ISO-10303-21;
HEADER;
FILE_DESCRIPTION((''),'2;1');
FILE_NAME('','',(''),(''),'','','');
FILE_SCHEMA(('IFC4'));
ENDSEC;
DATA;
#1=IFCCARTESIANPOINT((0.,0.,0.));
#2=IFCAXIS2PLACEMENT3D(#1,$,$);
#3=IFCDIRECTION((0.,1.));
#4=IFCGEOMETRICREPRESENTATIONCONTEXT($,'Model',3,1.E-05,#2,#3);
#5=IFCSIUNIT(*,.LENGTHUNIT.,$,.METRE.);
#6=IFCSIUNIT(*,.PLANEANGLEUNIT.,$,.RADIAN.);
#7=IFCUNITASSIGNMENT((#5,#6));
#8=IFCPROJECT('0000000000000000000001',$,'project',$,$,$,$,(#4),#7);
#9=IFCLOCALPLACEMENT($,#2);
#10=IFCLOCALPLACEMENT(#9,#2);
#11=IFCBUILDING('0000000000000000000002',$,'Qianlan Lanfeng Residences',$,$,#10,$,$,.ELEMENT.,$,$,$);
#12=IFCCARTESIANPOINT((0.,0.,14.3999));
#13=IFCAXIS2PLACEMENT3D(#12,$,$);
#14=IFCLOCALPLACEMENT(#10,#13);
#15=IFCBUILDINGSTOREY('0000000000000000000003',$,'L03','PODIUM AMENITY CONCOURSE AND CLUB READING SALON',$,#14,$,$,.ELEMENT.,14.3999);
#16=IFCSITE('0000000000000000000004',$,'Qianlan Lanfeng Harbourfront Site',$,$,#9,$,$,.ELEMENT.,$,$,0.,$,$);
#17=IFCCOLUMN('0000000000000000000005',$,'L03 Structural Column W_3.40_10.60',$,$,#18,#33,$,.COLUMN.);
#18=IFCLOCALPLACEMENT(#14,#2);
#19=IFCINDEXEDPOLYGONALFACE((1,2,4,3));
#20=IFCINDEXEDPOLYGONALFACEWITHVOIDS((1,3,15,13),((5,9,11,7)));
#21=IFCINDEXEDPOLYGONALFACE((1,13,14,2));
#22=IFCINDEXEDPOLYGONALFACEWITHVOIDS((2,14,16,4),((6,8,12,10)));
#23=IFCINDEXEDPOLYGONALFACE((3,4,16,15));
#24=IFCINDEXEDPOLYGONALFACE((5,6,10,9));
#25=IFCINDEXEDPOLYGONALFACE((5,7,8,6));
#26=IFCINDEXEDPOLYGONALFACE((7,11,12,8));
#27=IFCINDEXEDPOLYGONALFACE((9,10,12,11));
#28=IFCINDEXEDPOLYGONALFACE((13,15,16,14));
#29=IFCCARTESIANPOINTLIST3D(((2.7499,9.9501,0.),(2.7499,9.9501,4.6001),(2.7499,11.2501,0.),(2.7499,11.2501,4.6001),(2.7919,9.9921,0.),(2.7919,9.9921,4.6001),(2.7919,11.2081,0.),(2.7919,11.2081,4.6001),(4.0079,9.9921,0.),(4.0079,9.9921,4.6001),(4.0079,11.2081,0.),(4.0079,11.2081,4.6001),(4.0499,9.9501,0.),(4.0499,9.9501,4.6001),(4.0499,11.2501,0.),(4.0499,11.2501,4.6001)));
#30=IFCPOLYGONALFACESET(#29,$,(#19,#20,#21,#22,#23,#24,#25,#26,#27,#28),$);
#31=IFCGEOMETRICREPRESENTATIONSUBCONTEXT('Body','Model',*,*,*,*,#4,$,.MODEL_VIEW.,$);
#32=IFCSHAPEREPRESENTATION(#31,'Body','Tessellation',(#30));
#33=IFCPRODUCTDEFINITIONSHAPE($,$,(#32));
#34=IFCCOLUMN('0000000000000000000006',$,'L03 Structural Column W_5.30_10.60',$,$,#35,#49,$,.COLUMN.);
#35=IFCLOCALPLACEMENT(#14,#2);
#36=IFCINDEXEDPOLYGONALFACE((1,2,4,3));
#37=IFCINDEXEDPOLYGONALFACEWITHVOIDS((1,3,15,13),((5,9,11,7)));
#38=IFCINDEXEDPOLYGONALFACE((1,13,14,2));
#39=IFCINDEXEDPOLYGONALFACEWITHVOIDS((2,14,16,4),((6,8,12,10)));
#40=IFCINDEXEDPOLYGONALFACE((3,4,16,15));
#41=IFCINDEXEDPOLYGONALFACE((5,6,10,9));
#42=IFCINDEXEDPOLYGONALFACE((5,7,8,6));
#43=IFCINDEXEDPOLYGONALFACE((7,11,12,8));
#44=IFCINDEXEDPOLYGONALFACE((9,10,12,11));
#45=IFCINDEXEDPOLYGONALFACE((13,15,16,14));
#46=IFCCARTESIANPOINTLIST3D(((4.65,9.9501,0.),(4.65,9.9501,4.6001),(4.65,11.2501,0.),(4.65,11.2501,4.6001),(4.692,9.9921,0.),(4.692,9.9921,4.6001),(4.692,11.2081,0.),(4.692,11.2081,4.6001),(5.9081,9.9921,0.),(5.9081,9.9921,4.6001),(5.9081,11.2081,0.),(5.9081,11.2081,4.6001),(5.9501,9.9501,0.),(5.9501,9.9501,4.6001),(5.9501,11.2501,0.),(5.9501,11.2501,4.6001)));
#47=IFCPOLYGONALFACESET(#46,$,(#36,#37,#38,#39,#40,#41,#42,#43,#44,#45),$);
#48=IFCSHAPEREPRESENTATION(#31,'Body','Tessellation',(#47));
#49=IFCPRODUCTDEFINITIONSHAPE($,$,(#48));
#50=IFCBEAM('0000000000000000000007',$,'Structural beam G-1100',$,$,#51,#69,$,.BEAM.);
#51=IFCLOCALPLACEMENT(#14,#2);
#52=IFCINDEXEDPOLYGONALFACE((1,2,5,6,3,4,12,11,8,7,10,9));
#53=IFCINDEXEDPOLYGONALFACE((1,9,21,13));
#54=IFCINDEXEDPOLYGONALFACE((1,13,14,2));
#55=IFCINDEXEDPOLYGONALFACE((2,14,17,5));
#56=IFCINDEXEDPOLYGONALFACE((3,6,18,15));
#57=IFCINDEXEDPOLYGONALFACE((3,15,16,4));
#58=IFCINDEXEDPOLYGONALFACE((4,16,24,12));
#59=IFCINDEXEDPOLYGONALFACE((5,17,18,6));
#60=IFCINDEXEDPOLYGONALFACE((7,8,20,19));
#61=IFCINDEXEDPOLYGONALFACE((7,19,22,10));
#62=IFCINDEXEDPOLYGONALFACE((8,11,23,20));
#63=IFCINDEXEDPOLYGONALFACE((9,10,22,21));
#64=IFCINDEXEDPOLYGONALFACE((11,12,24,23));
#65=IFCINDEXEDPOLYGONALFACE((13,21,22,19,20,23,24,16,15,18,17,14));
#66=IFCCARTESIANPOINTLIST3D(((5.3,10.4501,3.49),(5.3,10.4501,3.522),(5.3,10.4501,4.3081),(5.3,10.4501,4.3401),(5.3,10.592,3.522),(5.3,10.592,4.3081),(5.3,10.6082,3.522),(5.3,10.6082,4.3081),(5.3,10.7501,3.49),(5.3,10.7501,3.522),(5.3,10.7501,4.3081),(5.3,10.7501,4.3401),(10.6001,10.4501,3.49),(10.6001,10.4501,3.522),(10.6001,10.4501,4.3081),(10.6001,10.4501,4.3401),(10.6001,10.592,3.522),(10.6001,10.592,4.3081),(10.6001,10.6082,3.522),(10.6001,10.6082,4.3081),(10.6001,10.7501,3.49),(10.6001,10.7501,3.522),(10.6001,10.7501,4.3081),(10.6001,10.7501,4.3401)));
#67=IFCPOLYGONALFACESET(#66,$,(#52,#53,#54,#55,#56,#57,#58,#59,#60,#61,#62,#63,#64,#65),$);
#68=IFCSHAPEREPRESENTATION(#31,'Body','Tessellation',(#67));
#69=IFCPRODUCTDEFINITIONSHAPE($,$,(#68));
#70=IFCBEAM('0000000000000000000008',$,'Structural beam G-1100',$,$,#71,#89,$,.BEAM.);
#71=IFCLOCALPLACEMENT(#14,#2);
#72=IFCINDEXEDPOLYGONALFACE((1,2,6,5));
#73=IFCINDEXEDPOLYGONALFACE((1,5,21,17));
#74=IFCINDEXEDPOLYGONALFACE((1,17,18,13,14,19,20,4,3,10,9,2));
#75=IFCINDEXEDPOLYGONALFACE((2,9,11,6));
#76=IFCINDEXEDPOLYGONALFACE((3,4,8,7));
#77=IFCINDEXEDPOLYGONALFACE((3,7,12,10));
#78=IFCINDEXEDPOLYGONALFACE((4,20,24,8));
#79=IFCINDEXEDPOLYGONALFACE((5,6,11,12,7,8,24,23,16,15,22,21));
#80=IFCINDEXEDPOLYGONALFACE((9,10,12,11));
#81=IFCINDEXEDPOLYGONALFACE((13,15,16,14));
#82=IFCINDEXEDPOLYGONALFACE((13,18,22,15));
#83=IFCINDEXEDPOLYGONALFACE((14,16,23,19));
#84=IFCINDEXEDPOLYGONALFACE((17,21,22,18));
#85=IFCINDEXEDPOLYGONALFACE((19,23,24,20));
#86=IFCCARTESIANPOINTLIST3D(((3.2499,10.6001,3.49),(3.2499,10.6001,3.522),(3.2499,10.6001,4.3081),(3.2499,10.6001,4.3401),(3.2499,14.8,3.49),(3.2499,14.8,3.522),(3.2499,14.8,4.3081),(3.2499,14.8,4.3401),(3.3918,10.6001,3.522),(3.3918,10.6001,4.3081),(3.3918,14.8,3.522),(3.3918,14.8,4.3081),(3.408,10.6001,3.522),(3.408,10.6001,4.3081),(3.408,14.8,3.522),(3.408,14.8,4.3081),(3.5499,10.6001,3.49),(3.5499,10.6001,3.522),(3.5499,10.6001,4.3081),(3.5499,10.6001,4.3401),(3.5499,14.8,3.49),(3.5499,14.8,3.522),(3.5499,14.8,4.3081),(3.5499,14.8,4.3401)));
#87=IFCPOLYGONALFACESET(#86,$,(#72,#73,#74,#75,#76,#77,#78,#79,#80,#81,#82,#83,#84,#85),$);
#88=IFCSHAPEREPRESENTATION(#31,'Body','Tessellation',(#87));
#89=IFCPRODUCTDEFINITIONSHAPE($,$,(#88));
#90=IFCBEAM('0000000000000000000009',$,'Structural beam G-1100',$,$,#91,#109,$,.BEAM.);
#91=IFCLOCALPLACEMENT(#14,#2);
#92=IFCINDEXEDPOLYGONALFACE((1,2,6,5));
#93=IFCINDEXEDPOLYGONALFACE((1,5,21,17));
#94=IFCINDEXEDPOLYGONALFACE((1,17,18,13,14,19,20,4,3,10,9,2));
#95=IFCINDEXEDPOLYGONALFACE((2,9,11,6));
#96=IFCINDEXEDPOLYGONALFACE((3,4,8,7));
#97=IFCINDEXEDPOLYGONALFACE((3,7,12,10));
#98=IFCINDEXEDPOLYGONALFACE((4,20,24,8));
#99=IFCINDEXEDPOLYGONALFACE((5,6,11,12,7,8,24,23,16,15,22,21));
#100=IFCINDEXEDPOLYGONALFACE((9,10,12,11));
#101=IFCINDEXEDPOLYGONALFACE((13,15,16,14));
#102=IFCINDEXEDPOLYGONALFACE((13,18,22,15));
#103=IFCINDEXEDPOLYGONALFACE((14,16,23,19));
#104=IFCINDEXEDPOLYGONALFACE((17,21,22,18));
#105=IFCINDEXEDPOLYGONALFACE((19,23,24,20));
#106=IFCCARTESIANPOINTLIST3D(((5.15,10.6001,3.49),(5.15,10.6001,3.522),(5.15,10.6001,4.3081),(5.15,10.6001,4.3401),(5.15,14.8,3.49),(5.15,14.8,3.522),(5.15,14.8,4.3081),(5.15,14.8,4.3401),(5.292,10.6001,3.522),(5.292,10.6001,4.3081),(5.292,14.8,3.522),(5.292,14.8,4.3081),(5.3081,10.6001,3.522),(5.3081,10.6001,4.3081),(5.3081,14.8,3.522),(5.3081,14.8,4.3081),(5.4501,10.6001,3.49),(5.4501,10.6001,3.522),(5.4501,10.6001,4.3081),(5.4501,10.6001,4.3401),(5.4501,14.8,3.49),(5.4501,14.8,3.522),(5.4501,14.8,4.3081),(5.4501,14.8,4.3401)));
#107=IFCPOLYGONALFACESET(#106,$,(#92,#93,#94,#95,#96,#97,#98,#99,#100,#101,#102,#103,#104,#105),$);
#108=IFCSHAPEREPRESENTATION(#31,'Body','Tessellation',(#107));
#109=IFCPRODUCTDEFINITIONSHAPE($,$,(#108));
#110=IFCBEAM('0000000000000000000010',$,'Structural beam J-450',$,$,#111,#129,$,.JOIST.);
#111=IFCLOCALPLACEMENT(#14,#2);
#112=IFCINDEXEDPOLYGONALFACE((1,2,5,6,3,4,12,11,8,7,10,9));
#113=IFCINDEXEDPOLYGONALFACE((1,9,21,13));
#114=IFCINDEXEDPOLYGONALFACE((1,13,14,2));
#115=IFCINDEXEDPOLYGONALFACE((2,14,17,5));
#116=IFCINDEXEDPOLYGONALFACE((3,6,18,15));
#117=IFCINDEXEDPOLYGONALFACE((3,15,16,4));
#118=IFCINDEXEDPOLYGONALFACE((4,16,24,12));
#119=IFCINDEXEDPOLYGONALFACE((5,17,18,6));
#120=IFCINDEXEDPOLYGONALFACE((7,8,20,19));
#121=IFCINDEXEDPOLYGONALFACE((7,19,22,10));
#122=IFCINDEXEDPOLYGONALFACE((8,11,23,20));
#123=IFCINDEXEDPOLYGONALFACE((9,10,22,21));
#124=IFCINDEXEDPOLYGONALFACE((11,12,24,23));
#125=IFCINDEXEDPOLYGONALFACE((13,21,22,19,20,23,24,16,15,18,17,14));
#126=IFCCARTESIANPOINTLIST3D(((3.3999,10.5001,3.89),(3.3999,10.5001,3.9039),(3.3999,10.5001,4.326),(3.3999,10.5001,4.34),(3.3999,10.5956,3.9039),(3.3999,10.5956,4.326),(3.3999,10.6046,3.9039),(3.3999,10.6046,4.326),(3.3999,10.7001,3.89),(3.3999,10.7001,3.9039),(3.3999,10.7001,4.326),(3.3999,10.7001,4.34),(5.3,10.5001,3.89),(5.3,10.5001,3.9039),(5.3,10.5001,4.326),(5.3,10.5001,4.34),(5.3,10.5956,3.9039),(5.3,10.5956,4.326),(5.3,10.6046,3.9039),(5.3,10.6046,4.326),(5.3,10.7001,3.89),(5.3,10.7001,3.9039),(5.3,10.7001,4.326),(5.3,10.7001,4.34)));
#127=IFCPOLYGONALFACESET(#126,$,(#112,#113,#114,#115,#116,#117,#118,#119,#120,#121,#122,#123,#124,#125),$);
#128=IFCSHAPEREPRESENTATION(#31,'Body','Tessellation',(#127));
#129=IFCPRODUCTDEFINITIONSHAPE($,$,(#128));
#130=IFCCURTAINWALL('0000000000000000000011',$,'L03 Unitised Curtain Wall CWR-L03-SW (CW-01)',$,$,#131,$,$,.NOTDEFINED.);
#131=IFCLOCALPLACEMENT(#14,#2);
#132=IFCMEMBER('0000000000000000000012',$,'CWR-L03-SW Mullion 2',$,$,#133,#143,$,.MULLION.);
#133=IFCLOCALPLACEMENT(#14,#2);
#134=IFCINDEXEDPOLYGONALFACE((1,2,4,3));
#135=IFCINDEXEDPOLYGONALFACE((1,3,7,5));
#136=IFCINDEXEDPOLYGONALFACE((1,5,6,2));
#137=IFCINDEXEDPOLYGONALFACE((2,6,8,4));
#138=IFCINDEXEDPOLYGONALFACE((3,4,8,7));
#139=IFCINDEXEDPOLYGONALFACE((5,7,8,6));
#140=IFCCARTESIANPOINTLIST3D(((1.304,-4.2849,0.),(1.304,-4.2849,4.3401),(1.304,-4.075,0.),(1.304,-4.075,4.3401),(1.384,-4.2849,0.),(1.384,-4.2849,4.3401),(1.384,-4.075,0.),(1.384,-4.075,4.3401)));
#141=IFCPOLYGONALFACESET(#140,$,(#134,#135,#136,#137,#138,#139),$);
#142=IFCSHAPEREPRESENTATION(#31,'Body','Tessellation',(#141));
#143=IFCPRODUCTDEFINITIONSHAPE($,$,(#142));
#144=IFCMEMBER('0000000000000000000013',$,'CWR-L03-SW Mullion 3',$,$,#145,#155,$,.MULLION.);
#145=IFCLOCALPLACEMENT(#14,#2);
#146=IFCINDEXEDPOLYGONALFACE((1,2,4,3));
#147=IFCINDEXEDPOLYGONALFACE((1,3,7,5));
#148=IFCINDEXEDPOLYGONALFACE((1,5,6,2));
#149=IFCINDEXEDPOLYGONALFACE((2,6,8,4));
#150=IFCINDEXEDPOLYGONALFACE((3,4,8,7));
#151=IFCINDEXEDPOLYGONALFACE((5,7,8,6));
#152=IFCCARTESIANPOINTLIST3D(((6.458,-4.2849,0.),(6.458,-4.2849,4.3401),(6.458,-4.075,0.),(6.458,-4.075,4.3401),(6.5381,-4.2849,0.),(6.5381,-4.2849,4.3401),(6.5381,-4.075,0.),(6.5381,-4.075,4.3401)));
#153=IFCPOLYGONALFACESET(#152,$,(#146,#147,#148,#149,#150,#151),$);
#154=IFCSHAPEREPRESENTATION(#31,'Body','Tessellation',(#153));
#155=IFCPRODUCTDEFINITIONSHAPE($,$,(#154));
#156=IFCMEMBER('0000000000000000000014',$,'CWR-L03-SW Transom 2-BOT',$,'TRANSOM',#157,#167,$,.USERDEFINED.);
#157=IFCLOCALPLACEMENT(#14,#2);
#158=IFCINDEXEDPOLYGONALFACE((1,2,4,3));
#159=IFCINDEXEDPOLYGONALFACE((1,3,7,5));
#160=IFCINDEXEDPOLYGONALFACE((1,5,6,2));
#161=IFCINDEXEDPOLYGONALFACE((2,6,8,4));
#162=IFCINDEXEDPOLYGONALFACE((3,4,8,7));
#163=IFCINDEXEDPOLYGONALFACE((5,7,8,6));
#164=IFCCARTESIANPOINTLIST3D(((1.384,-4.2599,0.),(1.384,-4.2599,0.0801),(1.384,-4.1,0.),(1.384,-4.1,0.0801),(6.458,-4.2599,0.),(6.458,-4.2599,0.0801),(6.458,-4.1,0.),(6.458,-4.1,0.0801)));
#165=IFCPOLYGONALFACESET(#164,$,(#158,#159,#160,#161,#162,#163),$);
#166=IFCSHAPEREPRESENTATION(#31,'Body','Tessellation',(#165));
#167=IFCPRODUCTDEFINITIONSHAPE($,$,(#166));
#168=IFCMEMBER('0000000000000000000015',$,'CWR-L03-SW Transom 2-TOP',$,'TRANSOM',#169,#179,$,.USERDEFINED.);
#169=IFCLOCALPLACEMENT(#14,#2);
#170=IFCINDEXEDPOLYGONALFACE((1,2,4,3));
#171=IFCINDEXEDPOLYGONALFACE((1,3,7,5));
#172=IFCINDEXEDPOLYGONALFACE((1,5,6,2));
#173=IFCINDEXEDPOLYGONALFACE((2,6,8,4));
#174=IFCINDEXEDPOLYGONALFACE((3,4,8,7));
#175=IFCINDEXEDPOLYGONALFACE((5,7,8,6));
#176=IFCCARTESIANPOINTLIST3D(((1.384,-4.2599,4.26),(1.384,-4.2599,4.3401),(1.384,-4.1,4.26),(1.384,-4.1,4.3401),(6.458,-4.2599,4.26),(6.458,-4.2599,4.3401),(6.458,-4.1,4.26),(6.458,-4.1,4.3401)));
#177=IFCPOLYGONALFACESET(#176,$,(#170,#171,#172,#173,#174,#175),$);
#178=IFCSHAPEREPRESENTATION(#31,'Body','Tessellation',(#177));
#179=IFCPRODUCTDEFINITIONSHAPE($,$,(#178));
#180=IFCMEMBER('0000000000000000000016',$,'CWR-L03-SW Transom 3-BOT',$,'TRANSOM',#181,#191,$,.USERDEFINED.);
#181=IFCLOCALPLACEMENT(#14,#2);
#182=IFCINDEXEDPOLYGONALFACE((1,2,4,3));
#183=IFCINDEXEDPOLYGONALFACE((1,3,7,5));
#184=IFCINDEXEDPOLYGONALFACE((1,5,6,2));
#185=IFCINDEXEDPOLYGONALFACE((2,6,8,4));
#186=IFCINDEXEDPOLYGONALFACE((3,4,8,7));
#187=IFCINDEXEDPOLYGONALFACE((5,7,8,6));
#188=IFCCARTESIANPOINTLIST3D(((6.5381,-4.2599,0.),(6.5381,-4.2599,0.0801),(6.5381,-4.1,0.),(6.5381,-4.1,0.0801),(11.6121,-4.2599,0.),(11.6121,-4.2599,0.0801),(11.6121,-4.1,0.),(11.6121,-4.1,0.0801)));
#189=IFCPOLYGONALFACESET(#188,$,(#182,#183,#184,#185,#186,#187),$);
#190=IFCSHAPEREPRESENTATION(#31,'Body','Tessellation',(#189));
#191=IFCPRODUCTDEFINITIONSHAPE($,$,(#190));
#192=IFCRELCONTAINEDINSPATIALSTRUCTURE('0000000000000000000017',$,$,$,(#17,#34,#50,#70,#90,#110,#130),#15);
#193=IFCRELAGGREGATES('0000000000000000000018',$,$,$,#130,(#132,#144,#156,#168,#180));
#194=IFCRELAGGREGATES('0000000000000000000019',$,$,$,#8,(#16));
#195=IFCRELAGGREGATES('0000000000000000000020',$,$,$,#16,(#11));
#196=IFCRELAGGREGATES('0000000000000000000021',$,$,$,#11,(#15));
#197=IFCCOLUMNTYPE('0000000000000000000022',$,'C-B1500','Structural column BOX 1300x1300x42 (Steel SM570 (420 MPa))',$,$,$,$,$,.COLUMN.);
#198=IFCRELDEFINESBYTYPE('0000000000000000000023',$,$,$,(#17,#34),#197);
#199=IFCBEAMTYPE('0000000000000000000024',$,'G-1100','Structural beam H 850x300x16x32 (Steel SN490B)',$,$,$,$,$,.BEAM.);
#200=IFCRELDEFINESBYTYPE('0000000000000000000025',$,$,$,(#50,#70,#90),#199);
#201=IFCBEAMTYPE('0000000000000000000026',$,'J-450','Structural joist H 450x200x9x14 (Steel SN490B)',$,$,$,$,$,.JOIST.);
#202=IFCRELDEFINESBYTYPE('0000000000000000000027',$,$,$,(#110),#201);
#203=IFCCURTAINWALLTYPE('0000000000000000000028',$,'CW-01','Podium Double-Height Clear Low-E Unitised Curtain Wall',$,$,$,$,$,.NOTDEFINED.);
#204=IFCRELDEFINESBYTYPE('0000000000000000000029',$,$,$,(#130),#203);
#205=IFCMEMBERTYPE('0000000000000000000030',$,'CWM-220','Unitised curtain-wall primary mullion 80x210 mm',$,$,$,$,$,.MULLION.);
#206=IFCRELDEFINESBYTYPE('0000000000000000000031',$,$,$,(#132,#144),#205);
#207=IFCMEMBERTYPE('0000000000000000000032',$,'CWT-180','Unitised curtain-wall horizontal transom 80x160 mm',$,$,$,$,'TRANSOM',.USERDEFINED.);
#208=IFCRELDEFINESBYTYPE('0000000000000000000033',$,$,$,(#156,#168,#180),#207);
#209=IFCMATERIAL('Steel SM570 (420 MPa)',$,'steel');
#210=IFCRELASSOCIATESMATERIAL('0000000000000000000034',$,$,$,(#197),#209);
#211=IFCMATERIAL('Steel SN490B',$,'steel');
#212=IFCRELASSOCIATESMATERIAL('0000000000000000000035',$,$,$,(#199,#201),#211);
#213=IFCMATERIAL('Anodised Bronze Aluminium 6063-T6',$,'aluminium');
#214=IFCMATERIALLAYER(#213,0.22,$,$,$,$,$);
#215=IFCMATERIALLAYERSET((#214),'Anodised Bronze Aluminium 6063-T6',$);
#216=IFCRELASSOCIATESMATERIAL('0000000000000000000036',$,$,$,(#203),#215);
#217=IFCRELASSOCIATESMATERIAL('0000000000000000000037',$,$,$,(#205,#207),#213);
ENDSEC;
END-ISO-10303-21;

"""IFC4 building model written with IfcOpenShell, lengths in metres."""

from ifc_helpers import new_model, si_unit, direction, frame, origin, origin_2d, place, context, subcontext, project, spatial, rectangle, hollow_rectangle, i_section, extrude, source, transform, mapped, material, layer, layer_set, material_profile, profile_set, type_object, element, aggregate, save


model = new_model("IFC4")

# Units and contexts
model_context = context("Model", 3, precision=1e-05, world=origin(), true_north=direction((0.0, 1.0)))
body_context = subcontext(model_context, "Body", "Model", "MODEL_VIEW")
ifc_project = project(units=[si_unit("LENGTHUNIT", "METRE"), si_unit("PLANEANGLEUNIT", "RADIAN")], contexts=[model_context])

# Site, building, storey
site_placement = place(None, origin())
site = spatial("IfcSite", under=ifc_project, at=site_placement, Name="Qianlan Lanfeng Harbourfront Site", CompositionType="ELEMENT", RefElevation=0.0)
building_placement = place(site_placement, origin())
building = spatial("IfcBuilding", under=site, at=building_placement, Name="Qianlan Lanfeng Residences", CompositionType="ELEMENT")
storey_placement = place(building_placement, frame((0.0, 0.0, 14.3999)))
storey = spatial("IfcBuildingStorey", under=building, at=storey_placement, Name="L03", Description="PODIUM AMENITY CONCOURSE AND CLUB READING SALON", CompositionType="ELEMENT", Elevation=14.3999)

# Columns
ifc_material_1 = material(Name="Steel SM570 (420 MPa)", Category="steel")
ifc_material_profile_1 = material_profile(ifc_material_1, hollow_rectangle(XDim=1.3, YDim=1.3, WallThickness=0.042, at=origin_2d()), Name="BOX 1300x1300x42")
ifc_profile_set_1 = profile_set([ifc_material_profile_1], Name="Steel SM570 (420 MPa)")
column_type = type_object("IfcColumnType", Name="C-B1500", Description="Structural column BOX 1300x1300x42 (Steel SM570 (420 MPa))", PredefinedType="COLUMN", material=ifc_profile_set_1)
for number, where, z_axis, x_axis, name in (
    (1, (3.3999, 10.6001, 0.0), (0.0, 0.0, 1.0), (1.0, 0.0, 0.0), "L03 Structural Column W_3.40_10.60"),
    (2, (5.3, 10.6001, 0.0), (0.0, 0.0, 1.0), (1.0, 0.0, 0.0), "L03 Structural Column W_5.30_10.60"),
):
    element("IfcColumn", number, at=place(storey_placement, frame(where, z_axis=z_axis, x_axis=x_axis)), inside=storey, type_object=column_type, Name=name, PredefinedType="COLUMN", context=body_context, shape_type="SweptSolid", body=[
        extrude(hollow_rectangle(XDim=1.3, YDim=1.3, WallThickness=0.042, at=origin_2d()), origin(), (0.0, 0.0, 1.0), 4.6001),
    ])

# Beams
ifc_material_2 = material(Name="Steel SN490B", Category="steel")
ifc_material_profile_2 = material_profile(ifc_material_2, i_section(OverallWidth=0.3, OverallDepth=0.8501, WebThickness=0.0161, FlangeThickness=0.032, at=origin_2d()), Name="H 850x300x16x32")
ifc_profile_set_2 = profile_set([ifc_material_profile_2], Name="Steel SN490B")
beam_type_1 = type_object("IfcBeamType", Name="G-1100", Description="Structural beam H 850x300x16x32 (Steel SN490B)", PredefinedType="BEAM", material=ifc_profile_set_2)
beam_1_placement = place(storey_placement, frame((5.3, 10.6001, 3.915), z_axis=(1.0, 0.0, 0.0), x_axis=(0.0, 1.0, 0.0)))
element("IfcBeam", 3, at=beam_1_placement, inside=storey, type_object=beam_type_1, Name="Structural beam G-1100", PredefinedType="BEAM", context=body_context, shape_type="SweptSolid", body=[
    extrude(i_section(OverallWidth=0.3, OverallDepth=0.8501, WebThickness=0.0161, FlangeThickness=0.032, at=origin_2d()), origin(), (0.0, 0.0, 1.0), 5.3),
])
for number, where, z_axis, x_axis, name in (
    (4, (3.3999, 10.6001, 3.915), (0.0, 1.0, 0.0), (-1.0, 0.0, 0.0), "Structural beam G-1100"),
    (5, (5.3, 10.6001, 3.915), (0.0, 1.0, 0.0), (-1.0, 0.0, 0.0), "Structural beam G-1100"),
):
    element("IfcBeam", number, at=place(storey_placement, frame(where, z_axis=z_axis, x_axis=x_axis)), inside=storey, type_object=beam_type_1, Name=name, PredefinedType="BEAM", context=body_context, shape_type="SweptSolid", body=[
        extrude(i_section(OverallWidth=0.3, OverallDepth=0.8501, WebThickness=0.0161, FlangeThickness=0.032, at=origin_2d()), origin(), (0.0, 0.0, 1.0), 4.2),
    ])
ifc_material_profile_3 = material_profile(ifc_material_2, i_section(OverallWidth=0.2, OverallDepth=0.45, WebThickness=0.009, FlangeThickness=0.0139, at=origin_2d()), Name="H 450x200x9x14")
ifc_profile_set_3 = profile_set([ifc_material_profile_3], Name="Steel SN490B")
beam_type_2 = type_object("IfcBeamType", Name="J-450", Description="Structural joist H 450x200x9x14 (Steel SN490B)", PredefinedType="JOIST", material=ifc_profile_set_3)
beam_2_placement = place(storey_placement, frame((3.3999, 10.6001, 4.115), z_axis=(1.0, 0.0, 0.0), x_axis=(0.0, 1.0, 0.0)))
element("IfcBeam", 6, at=beam_2_placement, inside=storey, type_object=beam_type_2, Name="Structural beam J-450", PredefinedType="JOIST", context=body_context, shape_type="SweptSolid", body=[
    extrude(i_section(OverallWidth=0.2, OverallDepth=0.45, WebThickness=0.009, FlangeThickness=0.0139, at=origin_2d()), origin(), (0.0, 0.0, 1.0), 1.9001),
])

# Curtain wall, members
ifc_material_3 = material(Name="Anodised Bronze Aluminium 6063-T6", Category="aluminium")
ifc_layer_1 = layer(ifc_material_3, 0.22)
ifc_layer_set_1 = layer_set([ifc_layer_1], Name="Anodised Bronze Aluminium 6063-T6")
curtain_wall_type = type_object("IfcCurtainWallType", Name="CW-01", Description="Podium Double-Height Clear Low-E Unitised Curtain Wall", PredefinedType="NOTDEFINED", material=ifc_layer_set_1)
curtain_wall_placement = place(storey_placement, origin())
curtain_wall = element("IfcCurtainWall", 7, at=curtain_wall_placement, inside=storey, type_object=curtain_wall_type, Name="L03 Unitised Curtain Wall CWR-L03-SW (CW-01)", PredefinedType="NOTDEFINED")
ifc_material_profile_4 = material_profile(ifc_material_3, rectangle(XDim=0.0801, YDim=0.21, at=origin_2d()), Name="ALU MULLION 80x210")
ifc_profile_set_4 = profile_set([ifc_material_profile_4], Name="Anodised Bronze Aluminium 6063-T6")
member_type_1 = type_object("IfcMemberType", Name="CWM-220", Description="Unitised curtain-wall primary mullion 80x210 mm", PredefinedType="MULLION", material=ifc_profile_set_4)
shared_shape_1 = source(origin(), body_context, "Body", "SweptSolid", [
    extrude(rectangle(XDim=0.0801, YDim=0.21, at=origin_2d()), origin(), (0.0, 0.0, 1.0), 4.3401),
])
member_1_placement = place(storey_placement, frame((1.344, -4.1799, 0.0), z_axis=(0.0, 0.0, 1.0), x_axis=(1.0, 0.0, 0.0)))
member_1 = element("IfcMember", 8, at=member_1_placement, type_object=member_type_1, Name="CWR-L03-SW Mullion 2", PredefinedType="MULLION", context=body_context, shape_type="MappedRepresentation", body=[
    mapped(shared_shape_1, transform((0.0, 0.0, 0.0), scale=1.0)),
])
member_2_placement = place(storey_placement, frame((6.498, -4.1799, 0.0), z_axis=(0.0, 0.0, 1.0), x_axis=(1.0, 0.0, 0.0)))
member_2 = element("IfcMember", 9, at=member_2_placement, type_object=member_type_1, Name="CWR-L03-SW Mullion 3", PredefinedType="MULLION", context=body_context, shape_type="MappedRepresentation", body=[
    mapped(shared_shape_1, transform((0.0, 0.0, 0.0), scale=1.0)),
])
ifc_material_profile_5 = material_profile(ifc_material_3, rectangle(XDim=0.0801, YDim=0.1599, at=origin_2d()), Name="ALU TRANSOM 80x160")
ifc_profile_set_5 = profile_set([ifc_material_profile_5], Name="Anodised Bronze Aluminium 6063-T6")
member_type_2 = type_object("IfcMemberType", Name="CWT-180", Description="Unitised curtain-wall horizontal transom 80x160 mm", ElementType="TRANSOM", PredefinedType="USERDEFINED", material=ifc_profile_set_5)
shared_shape_2 = source(origin(), body_context, "Body", "SweptSolid", [
    extrude(rectangle(XDim=0.0801, YDim=0.1599, at=origin_2d()), origin(), (0.0, 0.0, 1.0), 5.074),
])
member_3_placement = place(storey_placement, frame((1.384, -4.1799, 0.04), z_axis=(1.0, 0.0, 0.0), x_axis=(0.0, 0.0, 1.0)))
member_3 = element("IfcMember", 10, at=member_3_placement, type_object=member_type_2, Name="CWR-L03-SW Transom 2-BOT", ObjectType="TRANSOM", PredefinedType="USERDEFINED", context=body_context, shape_type="MappedRepresentation", body=[
    mapped(shared_shape_2, transform((0.0, 0.0, 0.0), scale=1.0)),
])
member_4_placement = place(storey_placement, frame((1.384, -4.1799, 4.3), z_axis=(1.0, 0.0, 0.0), x_axis=(0.0, 0.0, 1.0)))
member_4 = element("IfcMember", 11, at=member_4_placement, type_object=member_type_2, Name="CWR-L03-SW Transom 2-TOP", ObjectType="TRANSOM", PredefinedType="USERDEFINED", context=body_context, shape_type="MappedRepresentation", body=[
    mapped(shared_shape_2, transform((0.0, 0.0, 0.0), scale=1.0)),
])
member_5_placement = place(storey_placement, frame((6.5381, -4.1799, 0.04), z_axis=(1.0, 0.0, 0.0), x_axis=(0.0, 0.0, 1.0)))
member_5 = element("IfcMember", 12, at=member_5_placement, type_object=member_type_2, Name="CWR-L03-SW Transom 3-BOT", ObjectType="TRANSOM", PredefinedType="USERDEFINED", context=body_context, shape_type="MappedRepresentation", body=[
    mapped(shared_shape_2, transform((0.0, 0.0, 0.0), scale=1.0)),
])
aggregate(curtain_wall, [member_1, member_2, member_3, member_4, member_5])

save(model, "model.ifc")
